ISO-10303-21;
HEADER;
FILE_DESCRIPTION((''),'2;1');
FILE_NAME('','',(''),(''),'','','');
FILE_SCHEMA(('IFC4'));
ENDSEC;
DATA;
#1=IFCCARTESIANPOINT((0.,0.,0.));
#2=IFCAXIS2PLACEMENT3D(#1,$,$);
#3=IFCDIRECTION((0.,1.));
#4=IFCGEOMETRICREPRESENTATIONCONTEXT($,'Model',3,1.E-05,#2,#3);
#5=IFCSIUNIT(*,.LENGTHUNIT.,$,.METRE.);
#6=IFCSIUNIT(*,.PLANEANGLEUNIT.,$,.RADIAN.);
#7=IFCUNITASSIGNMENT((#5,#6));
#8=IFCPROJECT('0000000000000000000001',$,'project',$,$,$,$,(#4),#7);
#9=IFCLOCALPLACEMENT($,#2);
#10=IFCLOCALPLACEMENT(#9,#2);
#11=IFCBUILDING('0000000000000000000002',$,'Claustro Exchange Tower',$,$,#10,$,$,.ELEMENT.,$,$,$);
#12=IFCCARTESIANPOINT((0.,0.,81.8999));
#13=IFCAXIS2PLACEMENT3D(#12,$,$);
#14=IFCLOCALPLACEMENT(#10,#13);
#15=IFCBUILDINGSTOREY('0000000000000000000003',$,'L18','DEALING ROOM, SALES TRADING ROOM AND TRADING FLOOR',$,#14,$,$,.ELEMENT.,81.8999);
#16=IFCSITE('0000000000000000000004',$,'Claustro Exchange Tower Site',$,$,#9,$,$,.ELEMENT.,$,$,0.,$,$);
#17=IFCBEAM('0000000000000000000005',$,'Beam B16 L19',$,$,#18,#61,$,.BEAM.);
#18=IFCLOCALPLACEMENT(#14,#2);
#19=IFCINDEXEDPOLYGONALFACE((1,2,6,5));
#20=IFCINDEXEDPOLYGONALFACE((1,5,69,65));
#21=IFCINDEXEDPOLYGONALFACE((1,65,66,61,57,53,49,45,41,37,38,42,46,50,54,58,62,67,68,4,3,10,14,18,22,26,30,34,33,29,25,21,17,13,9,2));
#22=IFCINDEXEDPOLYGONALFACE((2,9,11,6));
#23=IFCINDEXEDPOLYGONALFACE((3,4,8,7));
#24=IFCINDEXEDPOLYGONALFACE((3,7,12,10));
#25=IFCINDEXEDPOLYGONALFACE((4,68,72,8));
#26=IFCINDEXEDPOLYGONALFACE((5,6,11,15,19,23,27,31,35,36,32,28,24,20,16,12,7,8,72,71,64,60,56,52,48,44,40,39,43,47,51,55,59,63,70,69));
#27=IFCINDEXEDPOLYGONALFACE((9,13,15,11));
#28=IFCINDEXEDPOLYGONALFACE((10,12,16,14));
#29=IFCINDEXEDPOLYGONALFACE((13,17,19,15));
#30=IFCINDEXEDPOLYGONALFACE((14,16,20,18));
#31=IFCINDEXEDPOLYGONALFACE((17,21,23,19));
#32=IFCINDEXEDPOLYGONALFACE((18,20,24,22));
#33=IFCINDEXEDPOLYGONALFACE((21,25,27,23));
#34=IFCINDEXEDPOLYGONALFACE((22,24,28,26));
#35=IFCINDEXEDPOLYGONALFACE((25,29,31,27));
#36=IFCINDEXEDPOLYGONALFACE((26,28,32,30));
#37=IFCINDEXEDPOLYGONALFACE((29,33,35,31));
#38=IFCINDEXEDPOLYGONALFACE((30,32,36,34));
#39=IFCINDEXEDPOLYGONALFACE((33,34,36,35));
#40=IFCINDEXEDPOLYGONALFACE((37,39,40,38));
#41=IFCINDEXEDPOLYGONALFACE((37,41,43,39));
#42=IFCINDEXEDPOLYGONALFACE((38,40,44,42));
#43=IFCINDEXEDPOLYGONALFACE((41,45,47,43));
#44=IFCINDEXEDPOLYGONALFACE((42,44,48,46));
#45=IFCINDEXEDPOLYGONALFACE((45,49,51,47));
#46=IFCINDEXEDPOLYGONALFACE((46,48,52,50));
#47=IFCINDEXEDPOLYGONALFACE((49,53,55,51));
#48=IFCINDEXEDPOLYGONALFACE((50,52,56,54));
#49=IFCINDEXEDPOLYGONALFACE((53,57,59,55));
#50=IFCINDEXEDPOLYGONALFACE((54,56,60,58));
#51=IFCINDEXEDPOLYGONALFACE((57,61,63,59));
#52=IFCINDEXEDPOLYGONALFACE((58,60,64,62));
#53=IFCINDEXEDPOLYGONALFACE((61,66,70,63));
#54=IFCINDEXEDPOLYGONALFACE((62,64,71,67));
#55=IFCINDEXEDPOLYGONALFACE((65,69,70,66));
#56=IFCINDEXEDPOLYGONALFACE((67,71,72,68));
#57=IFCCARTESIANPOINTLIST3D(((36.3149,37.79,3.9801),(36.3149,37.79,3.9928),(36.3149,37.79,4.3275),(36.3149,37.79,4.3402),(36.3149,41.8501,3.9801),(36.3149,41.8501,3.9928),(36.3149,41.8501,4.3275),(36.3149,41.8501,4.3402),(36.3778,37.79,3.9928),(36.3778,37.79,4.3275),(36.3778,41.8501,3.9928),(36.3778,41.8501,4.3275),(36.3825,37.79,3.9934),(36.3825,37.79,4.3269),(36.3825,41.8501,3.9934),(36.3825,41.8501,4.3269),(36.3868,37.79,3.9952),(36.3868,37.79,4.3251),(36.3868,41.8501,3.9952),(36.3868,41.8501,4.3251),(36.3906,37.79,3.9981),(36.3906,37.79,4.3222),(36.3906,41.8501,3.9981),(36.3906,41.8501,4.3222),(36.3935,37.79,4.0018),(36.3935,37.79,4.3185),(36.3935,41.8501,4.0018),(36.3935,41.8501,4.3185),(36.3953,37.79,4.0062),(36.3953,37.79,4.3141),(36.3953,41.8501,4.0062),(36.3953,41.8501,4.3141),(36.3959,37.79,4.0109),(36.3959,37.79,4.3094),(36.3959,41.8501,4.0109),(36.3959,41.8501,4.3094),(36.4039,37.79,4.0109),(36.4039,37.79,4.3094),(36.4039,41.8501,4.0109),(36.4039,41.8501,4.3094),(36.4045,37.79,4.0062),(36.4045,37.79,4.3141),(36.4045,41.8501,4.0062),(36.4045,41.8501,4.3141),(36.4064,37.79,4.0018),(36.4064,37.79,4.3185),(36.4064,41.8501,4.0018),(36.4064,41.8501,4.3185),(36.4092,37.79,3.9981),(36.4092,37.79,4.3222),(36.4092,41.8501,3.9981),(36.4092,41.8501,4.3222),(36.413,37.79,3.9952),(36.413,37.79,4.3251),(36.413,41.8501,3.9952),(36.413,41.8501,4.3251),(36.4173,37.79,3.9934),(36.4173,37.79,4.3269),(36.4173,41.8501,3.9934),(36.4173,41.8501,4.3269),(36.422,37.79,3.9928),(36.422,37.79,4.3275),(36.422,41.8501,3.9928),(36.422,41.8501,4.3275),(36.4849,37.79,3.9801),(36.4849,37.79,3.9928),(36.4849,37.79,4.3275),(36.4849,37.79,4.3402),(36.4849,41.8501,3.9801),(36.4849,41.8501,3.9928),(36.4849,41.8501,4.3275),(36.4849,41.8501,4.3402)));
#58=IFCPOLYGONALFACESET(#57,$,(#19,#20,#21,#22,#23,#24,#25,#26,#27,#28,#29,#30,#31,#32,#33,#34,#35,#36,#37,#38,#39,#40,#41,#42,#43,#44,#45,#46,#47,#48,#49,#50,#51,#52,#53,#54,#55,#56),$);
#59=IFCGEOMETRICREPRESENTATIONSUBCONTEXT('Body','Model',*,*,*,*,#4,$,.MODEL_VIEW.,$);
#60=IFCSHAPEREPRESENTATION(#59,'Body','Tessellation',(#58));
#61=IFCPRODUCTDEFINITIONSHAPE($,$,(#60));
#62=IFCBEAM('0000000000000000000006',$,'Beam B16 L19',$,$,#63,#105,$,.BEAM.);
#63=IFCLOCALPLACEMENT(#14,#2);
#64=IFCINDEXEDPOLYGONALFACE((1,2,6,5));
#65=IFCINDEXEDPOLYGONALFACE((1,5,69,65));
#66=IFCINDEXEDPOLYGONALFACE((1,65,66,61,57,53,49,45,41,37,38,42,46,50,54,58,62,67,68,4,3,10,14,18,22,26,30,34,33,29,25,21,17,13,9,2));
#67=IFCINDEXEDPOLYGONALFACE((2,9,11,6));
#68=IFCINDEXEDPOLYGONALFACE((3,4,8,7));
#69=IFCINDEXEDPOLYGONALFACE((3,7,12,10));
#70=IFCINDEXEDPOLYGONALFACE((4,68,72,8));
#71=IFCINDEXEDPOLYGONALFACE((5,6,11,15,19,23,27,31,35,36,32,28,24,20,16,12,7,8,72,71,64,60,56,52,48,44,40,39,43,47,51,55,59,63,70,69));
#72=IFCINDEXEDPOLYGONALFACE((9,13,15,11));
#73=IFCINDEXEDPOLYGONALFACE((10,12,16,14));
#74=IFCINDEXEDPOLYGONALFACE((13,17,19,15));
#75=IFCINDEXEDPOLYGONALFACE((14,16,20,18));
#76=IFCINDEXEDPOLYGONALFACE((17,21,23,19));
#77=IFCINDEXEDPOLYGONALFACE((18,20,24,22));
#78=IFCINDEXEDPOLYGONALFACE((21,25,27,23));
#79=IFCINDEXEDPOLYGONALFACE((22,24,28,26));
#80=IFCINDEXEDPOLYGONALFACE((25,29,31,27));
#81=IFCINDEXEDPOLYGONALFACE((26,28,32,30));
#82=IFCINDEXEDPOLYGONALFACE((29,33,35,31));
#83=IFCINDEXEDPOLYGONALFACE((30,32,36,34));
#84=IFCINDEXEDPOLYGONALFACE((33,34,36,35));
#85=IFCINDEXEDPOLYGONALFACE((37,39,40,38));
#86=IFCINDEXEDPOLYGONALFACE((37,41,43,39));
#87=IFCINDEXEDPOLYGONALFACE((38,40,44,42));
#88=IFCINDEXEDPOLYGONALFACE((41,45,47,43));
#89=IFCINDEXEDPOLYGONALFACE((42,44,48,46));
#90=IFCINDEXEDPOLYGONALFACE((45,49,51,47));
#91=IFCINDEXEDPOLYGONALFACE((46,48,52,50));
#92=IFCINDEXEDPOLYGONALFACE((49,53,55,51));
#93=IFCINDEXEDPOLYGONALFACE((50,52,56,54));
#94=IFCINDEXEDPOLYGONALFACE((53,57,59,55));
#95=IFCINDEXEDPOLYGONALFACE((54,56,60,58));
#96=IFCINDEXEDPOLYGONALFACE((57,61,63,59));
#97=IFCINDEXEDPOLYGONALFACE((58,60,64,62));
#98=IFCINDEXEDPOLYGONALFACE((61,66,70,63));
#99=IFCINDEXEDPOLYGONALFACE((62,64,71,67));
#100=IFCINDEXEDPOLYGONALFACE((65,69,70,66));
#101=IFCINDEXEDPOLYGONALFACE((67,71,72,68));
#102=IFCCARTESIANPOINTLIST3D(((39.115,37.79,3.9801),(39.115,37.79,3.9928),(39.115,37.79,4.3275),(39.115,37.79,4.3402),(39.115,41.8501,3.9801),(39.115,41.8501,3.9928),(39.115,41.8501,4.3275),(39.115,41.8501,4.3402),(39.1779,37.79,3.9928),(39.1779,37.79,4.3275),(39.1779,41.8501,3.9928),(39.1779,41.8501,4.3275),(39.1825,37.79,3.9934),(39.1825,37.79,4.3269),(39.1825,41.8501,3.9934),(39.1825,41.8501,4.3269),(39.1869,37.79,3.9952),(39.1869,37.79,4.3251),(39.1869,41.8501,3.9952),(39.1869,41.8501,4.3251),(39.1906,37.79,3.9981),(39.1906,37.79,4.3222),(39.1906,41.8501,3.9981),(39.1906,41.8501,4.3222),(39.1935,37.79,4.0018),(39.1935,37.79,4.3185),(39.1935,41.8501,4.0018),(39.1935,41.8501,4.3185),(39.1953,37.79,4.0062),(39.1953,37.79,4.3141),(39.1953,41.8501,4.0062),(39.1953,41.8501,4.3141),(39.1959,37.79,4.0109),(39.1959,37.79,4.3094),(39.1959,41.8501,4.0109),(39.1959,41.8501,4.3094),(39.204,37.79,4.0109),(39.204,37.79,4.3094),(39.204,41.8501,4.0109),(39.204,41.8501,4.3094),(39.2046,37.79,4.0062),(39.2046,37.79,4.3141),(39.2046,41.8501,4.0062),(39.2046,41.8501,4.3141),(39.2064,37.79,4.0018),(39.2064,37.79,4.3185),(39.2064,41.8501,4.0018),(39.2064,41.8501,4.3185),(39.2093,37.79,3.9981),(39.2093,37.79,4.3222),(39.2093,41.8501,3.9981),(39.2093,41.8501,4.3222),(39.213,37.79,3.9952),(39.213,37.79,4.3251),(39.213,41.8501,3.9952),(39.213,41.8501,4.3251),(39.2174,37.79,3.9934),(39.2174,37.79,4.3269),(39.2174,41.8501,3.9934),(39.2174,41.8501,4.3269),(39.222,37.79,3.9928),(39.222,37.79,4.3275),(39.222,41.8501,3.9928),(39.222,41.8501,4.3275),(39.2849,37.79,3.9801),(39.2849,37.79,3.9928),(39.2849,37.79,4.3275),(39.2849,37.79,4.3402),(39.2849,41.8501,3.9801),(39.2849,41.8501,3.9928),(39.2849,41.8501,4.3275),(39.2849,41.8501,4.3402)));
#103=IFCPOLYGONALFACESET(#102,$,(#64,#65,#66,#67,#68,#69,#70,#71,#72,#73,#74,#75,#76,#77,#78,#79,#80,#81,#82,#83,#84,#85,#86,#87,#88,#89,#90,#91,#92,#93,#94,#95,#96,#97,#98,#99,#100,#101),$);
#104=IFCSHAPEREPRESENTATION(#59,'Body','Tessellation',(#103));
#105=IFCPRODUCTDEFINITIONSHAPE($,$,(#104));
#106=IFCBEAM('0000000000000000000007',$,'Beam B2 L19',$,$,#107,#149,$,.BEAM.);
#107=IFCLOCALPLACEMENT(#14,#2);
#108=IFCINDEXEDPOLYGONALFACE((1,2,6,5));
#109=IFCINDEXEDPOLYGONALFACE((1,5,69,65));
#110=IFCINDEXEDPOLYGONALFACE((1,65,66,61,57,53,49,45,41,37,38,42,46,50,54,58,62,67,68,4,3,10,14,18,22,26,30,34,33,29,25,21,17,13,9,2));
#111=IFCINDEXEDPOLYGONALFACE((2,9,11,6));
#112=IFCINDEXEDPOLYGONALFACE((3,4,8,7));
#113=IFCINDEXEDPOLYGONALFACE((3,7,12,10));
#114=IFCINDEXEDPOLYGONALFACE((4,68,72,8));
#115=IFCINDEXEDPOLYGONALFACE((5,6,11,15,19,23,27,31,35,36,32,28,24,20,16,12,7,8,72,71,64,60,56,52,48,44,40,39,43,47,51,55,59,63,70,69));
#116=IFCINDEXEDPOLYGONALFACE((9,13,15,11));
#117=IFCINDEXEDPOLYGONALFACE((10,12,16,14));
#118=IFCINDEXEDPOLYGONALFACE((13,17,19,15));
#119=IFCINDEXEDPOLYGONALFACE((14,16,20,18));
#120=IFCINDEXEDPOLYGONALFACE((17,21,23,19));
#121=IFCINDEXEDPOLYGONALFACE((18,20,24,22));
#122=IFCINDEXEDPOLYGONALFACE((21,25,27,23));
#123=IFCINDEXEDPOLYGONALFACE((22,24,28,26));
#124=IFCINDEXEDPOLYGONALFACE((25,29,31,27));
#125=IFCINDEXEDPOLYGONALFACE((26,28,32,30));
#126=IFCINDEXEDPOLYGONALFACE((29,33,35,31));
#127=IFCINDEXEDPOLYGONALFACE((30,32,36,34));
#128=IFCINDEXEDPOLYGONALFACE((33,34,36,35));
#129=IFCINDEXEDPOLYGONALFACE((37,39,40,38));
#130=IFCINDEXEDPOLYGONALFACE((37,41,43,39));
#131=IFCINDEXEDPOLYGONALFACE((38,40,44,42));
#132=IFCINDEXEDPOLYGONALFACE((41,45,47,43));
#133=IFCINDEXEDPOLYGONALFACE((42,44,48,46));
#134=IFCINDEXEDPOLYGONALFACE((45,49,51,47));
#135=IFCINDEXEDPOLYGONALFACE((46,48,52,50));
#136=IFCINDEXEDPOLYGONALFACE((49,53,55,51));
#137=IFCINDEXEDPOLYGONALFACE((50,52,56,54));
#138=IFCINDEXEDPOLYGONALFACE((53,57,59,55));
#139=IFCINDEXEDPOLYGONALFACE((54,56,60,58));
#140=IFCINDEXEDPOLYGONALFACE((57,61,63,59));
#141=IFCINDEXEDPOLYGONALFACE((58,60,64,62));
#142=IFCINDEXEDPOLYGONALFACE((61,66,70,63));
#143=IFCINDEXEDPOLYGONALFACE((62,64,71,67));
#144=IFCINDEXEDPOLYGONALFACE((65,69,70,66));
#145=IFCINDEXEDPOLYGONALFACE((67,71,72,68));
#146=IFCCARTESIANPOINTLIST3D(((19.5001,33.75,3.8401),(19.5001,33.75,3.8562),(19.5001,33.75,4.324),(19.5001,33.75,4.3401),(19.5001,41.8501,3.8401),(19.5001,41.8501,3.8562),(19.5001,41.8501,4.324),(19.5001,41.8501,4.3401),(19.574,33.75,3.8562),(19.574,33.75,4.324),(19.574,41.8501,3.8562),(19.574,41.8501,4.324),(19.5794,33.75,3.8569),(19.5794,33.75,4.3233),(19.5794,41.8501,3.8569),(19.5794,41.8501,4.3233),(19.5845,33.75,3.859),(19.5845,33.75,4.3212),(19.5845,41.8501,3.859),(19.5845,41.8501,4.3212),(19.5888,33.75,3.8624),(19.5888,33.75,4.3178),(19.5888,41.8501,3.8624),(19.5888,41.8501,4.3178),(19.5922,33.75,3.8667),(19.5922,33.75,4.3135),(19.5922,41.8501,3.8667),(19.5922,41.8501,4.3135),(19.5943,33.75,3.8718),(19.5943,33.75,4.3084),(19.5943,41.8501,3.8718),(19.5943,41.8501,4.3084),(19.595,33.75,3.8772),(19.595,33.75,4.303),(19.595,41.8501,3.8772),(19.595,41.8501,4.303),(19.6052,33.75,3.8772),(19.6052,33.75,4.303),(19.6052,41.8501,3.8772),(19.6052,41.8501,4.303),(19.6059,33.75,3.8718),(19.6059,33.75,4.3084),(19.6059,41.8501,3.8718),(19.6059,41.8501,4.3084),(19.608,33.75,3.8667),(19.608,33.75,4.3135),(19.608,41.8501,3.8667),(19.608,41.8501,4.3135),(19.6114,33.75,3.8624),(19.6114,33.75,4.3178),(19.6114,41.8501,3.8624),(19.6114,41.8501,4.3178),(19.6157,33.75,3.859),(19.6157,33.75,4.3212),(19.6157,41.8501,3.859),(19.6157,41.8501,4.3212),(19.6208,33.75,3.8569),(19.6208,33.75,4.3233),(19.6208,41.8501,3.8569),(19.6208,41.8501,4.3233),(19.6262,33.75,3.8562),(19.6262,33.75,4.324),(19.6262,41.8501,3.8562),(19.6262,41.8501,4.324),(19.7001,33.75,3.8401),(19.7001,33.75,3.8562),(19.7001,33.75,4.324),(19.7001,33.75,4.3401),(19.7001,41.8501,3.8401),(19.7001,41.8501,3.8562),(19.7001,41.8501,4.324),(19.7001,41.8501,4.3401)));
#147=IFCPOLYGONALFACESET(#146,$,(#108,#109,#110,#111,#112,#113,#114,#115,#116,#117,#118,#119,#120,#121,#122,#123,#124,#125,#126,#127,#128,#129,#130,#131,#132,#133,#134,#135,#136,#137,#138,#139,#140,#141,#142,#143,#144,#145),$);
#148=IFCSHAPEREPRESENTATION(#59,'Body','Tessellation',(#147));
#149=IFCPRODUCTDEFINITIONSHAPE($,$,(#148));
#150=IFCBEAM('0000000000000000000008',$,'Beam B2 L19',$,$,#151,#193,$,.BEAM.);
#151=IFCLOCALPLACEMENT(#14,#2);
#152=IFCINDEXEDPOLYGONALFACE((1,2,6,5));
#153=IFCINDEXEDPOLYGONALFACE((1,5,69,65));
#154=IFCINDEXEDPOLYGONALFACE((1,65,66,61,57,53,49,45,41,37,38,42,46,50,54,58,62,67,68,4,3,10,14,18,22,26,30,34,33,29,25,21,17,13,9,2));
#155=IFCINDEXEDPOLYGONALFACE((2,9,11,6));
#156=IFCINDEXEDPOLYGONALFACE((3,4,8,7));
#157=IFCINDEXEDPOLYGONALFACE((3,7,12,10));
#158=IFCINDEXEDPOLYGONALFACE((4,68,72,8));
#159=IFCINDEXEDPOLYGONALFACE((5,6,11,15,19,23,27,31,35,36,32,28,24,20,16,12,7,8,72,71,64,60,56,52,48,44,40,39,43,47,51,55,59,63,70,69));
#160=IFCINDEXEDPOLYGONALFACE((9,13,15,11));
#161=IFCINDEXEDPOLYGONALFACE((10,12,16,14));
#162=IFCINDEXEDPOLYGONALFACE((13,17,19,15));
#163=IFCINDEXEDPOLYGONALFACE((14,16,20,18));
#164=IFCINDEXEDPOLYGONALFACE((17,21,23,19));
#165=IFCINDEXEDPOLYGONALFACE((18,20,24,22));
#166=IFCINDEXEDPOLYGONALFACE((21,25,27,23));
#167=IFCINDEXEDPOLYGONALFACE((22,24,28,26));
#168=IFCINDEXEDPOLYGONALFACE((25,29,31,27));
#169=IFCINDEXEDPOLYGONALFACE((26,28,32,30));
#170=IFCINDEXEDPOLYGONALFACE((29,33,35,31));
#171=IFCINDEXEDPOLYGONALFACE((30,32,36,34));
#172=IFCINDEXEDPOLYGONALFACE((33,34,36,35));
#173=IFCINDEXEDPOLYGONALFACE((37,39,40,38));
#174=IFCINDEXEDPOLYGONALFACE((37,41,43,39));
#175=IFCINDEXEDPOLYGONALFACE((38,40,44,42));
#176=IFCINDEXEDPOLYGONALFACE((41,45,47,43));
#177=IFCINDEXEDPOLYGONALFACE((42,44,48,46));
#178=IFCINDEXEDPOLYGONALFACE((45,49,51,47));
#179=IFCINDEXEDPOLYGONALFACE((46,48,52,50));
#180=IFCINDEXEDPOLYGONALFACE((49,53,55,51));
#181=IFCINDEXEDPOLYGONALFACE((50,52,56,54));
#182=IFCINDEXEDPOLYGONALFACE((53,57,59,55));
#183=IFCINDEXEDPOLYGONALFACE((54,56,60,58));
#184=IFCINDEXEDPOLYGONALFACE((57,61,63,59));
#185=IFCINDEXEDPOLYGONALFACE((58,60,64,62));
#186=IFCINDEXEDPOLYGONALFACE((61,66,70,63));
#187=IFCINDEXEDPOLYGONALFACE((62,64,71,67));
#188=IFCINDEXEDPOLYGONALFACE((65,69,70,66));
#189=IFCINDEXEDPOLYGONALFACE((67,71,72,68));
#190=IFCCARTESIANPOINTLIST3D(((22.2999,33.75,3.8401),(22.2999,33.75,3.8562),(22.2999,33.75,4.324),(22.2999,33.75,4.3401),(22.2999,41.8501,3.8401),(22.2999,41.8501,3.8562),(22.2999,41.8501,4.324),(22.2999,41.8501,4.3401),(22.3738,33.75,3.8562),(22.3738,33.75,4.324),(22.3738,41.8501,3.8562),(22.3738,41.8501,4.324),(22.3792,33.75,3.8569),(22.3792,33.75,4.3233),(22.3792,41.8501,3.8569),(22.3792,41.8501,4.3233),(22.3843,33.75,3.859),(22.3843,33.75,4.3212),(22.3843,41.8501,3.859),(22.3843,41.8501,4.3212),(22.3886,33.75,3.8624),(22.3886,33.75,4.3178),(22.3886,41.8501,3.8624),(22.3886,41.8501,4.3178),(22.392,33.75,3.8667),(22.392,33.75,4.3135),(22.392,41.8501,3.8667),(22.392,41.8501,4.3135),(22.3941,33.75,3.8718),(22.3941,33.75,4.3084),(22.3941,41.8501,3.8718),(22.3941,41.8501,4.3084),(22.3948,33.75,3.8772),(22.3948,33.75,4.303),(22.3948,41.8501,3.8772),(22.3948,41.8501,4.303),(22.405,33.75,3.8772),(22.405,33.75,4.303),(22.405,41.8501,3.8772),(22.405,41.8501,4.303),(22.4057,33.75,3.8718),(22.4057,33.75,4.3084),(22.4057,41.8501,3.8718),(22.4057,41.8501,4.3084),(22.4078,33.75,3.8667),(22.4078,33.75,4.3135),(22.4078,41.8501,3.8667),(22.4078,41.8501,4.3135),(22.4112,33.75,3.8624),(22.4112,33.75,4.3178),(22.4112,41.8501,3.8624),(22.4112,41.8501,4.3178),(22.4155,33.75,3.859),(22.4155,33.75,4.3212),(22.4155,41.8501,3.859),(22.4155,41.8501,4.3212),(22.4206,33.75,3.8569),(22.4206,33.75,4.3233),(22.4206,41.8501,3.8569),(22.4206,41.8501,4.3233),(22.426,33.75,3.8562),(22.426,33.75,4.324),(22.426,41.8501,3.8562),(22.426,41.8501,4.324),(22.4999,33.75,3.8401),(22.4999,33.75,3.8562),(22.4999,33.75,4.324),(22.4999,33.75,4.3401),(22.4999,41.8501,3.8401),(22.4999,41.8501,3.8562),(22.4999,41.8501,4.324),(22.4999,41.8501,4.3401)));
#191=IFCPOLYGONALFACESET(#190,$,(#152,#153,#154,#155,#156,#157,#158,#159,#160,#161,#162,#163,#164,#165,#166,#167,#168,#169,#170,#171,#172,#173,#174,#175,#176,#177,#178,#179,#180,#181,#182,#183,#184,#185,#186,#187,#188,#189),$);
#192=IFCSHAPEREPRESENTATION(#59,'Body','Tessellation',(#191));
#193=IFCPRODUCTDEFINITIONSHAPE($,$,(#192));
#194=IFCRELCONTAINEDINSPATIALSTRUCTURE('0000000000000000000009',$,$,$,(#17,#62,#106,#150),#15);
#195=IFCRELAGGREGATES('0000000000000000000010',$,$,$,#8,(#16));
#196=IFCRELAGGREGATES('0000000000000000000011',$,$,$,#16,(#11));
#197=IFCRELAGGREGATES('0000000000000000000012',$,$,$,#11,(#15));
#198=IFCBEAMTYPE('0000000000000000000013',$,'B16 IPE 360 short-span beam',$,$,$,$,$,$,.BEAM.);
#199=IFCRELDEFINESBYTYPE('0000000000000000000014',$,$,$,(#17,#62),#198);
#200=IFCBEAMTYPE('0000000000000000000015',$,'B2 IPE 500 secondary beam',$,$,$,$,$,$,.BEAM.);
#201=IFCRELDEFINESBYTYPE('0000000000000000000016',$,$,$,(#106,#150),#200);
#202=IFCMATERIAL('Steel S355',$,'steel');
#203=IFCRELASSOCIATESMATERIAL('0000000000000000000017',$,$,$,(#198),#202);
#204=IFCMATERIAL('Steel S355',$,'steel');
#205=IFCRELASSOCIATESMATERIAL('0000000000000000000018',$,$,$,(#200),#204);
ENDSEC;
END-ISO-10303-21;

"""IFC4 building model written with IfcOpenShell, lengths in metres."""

from ifc_helpers import new_model, si_unit, direction, frame, origin, origin_2d, place, context, subcontext, project, spatial, i_section, extrude, material, material_profile, profile_set, type_object, element, save


model = new_model("IFC4")

# Units and contexts
model_context = context("Model", 3, precision=1e-05, world=origin(), true_north=direction((0.0, 1.0)))
body_context = subcontext(model_context, "Body", "Model", "MODEL_VIEW")
ifc_project = project(units=[si_unit("LENGTHUNIT", "METRE"), si_unit("PLANEANGLEUNIT", "RADIAN")], contexts=[model_context])

# Site, building, storey
site_placement = place(None, origin())
site = spatial("IfcSite", under=ifc_project, at=site_placement, Name="Claustro Exchange Tower Site", CompositionType="ELEMENT", RefElevation=0.0)
building_placement = place(site_placement, origin())
building = spatial("IfcBuilding", under=site, at=building_placement, Name="Claustro Exchange Tower", CompositionType="ELEMENT")
storey_placement = place(building_placement, frame((0.0, 0.0, 81.8999)))
storey = spatial("IfcBuildingStorey", under=building, at=storey_placement, Name="L18", Description="DEALING ROOM, SALES TRADING ROOM AND TRADING FLOOR", CompositionType="ELEMENT", Elevation=81.8999)

# Beams
ifc_material_1 = material(Name="Steel S355", Category="steel")
ifc_material_profile_1 = material_profile(ifc_material_1, i_section(OverallWidth=0.1699, OverallDepth=0.3601, WebThickness=0.0081, FlangeThickness=0.0127, FilletRadius=0.0181, at=origin_2d()), Name="IPE 360")
ifc_profile_set_1 = profile_set([ifc_material_profile_1], Name="Steel S355")
beam_type_1 = type_object("IfcBeamType", Name="B16 IPE 360 short-span beam", PredefinedType="BEAM", material=ifc_profile_set_1)
for number, where, z_axis, x_axis, name in (
    (1, (36.3999, 37.79, 4.1602), (0.0, 1.0, 0.0), (-1.0, 0.0, 0.0), "Beam B16 L19"),
    (2, (39.2, 37.79, 4.1602), (0.0, 1.0, 0.0), (-1.0, 0.0, 0.0), "Beam B16 L19"),
):
    element("IfcBeam", number, at=place(storey_placement, frame(where, z_axis=z_axis, x_axis=x_axis)), inside=storey, type_object=beam_type_1, Name=name, PredefinedType="BEAM", context=body_context, shape_type="SweptSolid", body=[
        extrude(i_section(OverallWidth=0.1699, OverallDepth=0.3601, WebThickness=0.0081, FlangeThickness=0.0127, FilletRadius=0.0181, at=origin_2d()), origin(), (0.0, 0.0, 1.0), 4.0601),
    ])
ifc_material_2 = material(Name="Steel S355", Category="steel")
ifc_material_profile_2 = material_profile(ifc_material_2, i_section(OverallWidth=0.2, OverallDepth=0.5, WebThickness=0.0103, FlangeThickness=0.0161, FilletRadius=0.021, at=origin_2d()), Name="IPE 500")
ifc_profile_set_2 = profile_set([ifc_material_profile_2], Name="Steel S355")
beam_type_2 = type_object("IfcBeamType", Name="B2 IPE 500 secondary beam", PredefinedType="BEAM", material=ifc_profile_set_2)
for number, where, z_axis, x_axis, name in (
    (3, (19.6001, 33.75, 4.0901), (0.0, 1.0, 0.0), (-1.0, 0.0, 0.0), "Beam B2 L19"),
    (4, (22.3999, 33.75, 4.0901), (0.0, 1.0, 0.0), (-1.0, 0.0, 0.0), "Beam B2 L19"),
):
    element("IfcBeam", number, at=place(storey_placement, frame(where, z_axis=z_axis, x_axis=x_axis)), inside=storey, type_object=beam_type_2, Name=name, PredefinedType="BEAM", context=body_context, shape_type="SweptSolid", body=[
        extrude(i_section(OverallWidth=0.2, OverallDepth=0.5, WebThickness=0.0103, FlangeThickness=0.0161, FilletRadius=0.021, at=origin_2d()), origin(), (0.0, 0.0, 1.0), 8.1001),
    ])

save(model, "model.ifc")
